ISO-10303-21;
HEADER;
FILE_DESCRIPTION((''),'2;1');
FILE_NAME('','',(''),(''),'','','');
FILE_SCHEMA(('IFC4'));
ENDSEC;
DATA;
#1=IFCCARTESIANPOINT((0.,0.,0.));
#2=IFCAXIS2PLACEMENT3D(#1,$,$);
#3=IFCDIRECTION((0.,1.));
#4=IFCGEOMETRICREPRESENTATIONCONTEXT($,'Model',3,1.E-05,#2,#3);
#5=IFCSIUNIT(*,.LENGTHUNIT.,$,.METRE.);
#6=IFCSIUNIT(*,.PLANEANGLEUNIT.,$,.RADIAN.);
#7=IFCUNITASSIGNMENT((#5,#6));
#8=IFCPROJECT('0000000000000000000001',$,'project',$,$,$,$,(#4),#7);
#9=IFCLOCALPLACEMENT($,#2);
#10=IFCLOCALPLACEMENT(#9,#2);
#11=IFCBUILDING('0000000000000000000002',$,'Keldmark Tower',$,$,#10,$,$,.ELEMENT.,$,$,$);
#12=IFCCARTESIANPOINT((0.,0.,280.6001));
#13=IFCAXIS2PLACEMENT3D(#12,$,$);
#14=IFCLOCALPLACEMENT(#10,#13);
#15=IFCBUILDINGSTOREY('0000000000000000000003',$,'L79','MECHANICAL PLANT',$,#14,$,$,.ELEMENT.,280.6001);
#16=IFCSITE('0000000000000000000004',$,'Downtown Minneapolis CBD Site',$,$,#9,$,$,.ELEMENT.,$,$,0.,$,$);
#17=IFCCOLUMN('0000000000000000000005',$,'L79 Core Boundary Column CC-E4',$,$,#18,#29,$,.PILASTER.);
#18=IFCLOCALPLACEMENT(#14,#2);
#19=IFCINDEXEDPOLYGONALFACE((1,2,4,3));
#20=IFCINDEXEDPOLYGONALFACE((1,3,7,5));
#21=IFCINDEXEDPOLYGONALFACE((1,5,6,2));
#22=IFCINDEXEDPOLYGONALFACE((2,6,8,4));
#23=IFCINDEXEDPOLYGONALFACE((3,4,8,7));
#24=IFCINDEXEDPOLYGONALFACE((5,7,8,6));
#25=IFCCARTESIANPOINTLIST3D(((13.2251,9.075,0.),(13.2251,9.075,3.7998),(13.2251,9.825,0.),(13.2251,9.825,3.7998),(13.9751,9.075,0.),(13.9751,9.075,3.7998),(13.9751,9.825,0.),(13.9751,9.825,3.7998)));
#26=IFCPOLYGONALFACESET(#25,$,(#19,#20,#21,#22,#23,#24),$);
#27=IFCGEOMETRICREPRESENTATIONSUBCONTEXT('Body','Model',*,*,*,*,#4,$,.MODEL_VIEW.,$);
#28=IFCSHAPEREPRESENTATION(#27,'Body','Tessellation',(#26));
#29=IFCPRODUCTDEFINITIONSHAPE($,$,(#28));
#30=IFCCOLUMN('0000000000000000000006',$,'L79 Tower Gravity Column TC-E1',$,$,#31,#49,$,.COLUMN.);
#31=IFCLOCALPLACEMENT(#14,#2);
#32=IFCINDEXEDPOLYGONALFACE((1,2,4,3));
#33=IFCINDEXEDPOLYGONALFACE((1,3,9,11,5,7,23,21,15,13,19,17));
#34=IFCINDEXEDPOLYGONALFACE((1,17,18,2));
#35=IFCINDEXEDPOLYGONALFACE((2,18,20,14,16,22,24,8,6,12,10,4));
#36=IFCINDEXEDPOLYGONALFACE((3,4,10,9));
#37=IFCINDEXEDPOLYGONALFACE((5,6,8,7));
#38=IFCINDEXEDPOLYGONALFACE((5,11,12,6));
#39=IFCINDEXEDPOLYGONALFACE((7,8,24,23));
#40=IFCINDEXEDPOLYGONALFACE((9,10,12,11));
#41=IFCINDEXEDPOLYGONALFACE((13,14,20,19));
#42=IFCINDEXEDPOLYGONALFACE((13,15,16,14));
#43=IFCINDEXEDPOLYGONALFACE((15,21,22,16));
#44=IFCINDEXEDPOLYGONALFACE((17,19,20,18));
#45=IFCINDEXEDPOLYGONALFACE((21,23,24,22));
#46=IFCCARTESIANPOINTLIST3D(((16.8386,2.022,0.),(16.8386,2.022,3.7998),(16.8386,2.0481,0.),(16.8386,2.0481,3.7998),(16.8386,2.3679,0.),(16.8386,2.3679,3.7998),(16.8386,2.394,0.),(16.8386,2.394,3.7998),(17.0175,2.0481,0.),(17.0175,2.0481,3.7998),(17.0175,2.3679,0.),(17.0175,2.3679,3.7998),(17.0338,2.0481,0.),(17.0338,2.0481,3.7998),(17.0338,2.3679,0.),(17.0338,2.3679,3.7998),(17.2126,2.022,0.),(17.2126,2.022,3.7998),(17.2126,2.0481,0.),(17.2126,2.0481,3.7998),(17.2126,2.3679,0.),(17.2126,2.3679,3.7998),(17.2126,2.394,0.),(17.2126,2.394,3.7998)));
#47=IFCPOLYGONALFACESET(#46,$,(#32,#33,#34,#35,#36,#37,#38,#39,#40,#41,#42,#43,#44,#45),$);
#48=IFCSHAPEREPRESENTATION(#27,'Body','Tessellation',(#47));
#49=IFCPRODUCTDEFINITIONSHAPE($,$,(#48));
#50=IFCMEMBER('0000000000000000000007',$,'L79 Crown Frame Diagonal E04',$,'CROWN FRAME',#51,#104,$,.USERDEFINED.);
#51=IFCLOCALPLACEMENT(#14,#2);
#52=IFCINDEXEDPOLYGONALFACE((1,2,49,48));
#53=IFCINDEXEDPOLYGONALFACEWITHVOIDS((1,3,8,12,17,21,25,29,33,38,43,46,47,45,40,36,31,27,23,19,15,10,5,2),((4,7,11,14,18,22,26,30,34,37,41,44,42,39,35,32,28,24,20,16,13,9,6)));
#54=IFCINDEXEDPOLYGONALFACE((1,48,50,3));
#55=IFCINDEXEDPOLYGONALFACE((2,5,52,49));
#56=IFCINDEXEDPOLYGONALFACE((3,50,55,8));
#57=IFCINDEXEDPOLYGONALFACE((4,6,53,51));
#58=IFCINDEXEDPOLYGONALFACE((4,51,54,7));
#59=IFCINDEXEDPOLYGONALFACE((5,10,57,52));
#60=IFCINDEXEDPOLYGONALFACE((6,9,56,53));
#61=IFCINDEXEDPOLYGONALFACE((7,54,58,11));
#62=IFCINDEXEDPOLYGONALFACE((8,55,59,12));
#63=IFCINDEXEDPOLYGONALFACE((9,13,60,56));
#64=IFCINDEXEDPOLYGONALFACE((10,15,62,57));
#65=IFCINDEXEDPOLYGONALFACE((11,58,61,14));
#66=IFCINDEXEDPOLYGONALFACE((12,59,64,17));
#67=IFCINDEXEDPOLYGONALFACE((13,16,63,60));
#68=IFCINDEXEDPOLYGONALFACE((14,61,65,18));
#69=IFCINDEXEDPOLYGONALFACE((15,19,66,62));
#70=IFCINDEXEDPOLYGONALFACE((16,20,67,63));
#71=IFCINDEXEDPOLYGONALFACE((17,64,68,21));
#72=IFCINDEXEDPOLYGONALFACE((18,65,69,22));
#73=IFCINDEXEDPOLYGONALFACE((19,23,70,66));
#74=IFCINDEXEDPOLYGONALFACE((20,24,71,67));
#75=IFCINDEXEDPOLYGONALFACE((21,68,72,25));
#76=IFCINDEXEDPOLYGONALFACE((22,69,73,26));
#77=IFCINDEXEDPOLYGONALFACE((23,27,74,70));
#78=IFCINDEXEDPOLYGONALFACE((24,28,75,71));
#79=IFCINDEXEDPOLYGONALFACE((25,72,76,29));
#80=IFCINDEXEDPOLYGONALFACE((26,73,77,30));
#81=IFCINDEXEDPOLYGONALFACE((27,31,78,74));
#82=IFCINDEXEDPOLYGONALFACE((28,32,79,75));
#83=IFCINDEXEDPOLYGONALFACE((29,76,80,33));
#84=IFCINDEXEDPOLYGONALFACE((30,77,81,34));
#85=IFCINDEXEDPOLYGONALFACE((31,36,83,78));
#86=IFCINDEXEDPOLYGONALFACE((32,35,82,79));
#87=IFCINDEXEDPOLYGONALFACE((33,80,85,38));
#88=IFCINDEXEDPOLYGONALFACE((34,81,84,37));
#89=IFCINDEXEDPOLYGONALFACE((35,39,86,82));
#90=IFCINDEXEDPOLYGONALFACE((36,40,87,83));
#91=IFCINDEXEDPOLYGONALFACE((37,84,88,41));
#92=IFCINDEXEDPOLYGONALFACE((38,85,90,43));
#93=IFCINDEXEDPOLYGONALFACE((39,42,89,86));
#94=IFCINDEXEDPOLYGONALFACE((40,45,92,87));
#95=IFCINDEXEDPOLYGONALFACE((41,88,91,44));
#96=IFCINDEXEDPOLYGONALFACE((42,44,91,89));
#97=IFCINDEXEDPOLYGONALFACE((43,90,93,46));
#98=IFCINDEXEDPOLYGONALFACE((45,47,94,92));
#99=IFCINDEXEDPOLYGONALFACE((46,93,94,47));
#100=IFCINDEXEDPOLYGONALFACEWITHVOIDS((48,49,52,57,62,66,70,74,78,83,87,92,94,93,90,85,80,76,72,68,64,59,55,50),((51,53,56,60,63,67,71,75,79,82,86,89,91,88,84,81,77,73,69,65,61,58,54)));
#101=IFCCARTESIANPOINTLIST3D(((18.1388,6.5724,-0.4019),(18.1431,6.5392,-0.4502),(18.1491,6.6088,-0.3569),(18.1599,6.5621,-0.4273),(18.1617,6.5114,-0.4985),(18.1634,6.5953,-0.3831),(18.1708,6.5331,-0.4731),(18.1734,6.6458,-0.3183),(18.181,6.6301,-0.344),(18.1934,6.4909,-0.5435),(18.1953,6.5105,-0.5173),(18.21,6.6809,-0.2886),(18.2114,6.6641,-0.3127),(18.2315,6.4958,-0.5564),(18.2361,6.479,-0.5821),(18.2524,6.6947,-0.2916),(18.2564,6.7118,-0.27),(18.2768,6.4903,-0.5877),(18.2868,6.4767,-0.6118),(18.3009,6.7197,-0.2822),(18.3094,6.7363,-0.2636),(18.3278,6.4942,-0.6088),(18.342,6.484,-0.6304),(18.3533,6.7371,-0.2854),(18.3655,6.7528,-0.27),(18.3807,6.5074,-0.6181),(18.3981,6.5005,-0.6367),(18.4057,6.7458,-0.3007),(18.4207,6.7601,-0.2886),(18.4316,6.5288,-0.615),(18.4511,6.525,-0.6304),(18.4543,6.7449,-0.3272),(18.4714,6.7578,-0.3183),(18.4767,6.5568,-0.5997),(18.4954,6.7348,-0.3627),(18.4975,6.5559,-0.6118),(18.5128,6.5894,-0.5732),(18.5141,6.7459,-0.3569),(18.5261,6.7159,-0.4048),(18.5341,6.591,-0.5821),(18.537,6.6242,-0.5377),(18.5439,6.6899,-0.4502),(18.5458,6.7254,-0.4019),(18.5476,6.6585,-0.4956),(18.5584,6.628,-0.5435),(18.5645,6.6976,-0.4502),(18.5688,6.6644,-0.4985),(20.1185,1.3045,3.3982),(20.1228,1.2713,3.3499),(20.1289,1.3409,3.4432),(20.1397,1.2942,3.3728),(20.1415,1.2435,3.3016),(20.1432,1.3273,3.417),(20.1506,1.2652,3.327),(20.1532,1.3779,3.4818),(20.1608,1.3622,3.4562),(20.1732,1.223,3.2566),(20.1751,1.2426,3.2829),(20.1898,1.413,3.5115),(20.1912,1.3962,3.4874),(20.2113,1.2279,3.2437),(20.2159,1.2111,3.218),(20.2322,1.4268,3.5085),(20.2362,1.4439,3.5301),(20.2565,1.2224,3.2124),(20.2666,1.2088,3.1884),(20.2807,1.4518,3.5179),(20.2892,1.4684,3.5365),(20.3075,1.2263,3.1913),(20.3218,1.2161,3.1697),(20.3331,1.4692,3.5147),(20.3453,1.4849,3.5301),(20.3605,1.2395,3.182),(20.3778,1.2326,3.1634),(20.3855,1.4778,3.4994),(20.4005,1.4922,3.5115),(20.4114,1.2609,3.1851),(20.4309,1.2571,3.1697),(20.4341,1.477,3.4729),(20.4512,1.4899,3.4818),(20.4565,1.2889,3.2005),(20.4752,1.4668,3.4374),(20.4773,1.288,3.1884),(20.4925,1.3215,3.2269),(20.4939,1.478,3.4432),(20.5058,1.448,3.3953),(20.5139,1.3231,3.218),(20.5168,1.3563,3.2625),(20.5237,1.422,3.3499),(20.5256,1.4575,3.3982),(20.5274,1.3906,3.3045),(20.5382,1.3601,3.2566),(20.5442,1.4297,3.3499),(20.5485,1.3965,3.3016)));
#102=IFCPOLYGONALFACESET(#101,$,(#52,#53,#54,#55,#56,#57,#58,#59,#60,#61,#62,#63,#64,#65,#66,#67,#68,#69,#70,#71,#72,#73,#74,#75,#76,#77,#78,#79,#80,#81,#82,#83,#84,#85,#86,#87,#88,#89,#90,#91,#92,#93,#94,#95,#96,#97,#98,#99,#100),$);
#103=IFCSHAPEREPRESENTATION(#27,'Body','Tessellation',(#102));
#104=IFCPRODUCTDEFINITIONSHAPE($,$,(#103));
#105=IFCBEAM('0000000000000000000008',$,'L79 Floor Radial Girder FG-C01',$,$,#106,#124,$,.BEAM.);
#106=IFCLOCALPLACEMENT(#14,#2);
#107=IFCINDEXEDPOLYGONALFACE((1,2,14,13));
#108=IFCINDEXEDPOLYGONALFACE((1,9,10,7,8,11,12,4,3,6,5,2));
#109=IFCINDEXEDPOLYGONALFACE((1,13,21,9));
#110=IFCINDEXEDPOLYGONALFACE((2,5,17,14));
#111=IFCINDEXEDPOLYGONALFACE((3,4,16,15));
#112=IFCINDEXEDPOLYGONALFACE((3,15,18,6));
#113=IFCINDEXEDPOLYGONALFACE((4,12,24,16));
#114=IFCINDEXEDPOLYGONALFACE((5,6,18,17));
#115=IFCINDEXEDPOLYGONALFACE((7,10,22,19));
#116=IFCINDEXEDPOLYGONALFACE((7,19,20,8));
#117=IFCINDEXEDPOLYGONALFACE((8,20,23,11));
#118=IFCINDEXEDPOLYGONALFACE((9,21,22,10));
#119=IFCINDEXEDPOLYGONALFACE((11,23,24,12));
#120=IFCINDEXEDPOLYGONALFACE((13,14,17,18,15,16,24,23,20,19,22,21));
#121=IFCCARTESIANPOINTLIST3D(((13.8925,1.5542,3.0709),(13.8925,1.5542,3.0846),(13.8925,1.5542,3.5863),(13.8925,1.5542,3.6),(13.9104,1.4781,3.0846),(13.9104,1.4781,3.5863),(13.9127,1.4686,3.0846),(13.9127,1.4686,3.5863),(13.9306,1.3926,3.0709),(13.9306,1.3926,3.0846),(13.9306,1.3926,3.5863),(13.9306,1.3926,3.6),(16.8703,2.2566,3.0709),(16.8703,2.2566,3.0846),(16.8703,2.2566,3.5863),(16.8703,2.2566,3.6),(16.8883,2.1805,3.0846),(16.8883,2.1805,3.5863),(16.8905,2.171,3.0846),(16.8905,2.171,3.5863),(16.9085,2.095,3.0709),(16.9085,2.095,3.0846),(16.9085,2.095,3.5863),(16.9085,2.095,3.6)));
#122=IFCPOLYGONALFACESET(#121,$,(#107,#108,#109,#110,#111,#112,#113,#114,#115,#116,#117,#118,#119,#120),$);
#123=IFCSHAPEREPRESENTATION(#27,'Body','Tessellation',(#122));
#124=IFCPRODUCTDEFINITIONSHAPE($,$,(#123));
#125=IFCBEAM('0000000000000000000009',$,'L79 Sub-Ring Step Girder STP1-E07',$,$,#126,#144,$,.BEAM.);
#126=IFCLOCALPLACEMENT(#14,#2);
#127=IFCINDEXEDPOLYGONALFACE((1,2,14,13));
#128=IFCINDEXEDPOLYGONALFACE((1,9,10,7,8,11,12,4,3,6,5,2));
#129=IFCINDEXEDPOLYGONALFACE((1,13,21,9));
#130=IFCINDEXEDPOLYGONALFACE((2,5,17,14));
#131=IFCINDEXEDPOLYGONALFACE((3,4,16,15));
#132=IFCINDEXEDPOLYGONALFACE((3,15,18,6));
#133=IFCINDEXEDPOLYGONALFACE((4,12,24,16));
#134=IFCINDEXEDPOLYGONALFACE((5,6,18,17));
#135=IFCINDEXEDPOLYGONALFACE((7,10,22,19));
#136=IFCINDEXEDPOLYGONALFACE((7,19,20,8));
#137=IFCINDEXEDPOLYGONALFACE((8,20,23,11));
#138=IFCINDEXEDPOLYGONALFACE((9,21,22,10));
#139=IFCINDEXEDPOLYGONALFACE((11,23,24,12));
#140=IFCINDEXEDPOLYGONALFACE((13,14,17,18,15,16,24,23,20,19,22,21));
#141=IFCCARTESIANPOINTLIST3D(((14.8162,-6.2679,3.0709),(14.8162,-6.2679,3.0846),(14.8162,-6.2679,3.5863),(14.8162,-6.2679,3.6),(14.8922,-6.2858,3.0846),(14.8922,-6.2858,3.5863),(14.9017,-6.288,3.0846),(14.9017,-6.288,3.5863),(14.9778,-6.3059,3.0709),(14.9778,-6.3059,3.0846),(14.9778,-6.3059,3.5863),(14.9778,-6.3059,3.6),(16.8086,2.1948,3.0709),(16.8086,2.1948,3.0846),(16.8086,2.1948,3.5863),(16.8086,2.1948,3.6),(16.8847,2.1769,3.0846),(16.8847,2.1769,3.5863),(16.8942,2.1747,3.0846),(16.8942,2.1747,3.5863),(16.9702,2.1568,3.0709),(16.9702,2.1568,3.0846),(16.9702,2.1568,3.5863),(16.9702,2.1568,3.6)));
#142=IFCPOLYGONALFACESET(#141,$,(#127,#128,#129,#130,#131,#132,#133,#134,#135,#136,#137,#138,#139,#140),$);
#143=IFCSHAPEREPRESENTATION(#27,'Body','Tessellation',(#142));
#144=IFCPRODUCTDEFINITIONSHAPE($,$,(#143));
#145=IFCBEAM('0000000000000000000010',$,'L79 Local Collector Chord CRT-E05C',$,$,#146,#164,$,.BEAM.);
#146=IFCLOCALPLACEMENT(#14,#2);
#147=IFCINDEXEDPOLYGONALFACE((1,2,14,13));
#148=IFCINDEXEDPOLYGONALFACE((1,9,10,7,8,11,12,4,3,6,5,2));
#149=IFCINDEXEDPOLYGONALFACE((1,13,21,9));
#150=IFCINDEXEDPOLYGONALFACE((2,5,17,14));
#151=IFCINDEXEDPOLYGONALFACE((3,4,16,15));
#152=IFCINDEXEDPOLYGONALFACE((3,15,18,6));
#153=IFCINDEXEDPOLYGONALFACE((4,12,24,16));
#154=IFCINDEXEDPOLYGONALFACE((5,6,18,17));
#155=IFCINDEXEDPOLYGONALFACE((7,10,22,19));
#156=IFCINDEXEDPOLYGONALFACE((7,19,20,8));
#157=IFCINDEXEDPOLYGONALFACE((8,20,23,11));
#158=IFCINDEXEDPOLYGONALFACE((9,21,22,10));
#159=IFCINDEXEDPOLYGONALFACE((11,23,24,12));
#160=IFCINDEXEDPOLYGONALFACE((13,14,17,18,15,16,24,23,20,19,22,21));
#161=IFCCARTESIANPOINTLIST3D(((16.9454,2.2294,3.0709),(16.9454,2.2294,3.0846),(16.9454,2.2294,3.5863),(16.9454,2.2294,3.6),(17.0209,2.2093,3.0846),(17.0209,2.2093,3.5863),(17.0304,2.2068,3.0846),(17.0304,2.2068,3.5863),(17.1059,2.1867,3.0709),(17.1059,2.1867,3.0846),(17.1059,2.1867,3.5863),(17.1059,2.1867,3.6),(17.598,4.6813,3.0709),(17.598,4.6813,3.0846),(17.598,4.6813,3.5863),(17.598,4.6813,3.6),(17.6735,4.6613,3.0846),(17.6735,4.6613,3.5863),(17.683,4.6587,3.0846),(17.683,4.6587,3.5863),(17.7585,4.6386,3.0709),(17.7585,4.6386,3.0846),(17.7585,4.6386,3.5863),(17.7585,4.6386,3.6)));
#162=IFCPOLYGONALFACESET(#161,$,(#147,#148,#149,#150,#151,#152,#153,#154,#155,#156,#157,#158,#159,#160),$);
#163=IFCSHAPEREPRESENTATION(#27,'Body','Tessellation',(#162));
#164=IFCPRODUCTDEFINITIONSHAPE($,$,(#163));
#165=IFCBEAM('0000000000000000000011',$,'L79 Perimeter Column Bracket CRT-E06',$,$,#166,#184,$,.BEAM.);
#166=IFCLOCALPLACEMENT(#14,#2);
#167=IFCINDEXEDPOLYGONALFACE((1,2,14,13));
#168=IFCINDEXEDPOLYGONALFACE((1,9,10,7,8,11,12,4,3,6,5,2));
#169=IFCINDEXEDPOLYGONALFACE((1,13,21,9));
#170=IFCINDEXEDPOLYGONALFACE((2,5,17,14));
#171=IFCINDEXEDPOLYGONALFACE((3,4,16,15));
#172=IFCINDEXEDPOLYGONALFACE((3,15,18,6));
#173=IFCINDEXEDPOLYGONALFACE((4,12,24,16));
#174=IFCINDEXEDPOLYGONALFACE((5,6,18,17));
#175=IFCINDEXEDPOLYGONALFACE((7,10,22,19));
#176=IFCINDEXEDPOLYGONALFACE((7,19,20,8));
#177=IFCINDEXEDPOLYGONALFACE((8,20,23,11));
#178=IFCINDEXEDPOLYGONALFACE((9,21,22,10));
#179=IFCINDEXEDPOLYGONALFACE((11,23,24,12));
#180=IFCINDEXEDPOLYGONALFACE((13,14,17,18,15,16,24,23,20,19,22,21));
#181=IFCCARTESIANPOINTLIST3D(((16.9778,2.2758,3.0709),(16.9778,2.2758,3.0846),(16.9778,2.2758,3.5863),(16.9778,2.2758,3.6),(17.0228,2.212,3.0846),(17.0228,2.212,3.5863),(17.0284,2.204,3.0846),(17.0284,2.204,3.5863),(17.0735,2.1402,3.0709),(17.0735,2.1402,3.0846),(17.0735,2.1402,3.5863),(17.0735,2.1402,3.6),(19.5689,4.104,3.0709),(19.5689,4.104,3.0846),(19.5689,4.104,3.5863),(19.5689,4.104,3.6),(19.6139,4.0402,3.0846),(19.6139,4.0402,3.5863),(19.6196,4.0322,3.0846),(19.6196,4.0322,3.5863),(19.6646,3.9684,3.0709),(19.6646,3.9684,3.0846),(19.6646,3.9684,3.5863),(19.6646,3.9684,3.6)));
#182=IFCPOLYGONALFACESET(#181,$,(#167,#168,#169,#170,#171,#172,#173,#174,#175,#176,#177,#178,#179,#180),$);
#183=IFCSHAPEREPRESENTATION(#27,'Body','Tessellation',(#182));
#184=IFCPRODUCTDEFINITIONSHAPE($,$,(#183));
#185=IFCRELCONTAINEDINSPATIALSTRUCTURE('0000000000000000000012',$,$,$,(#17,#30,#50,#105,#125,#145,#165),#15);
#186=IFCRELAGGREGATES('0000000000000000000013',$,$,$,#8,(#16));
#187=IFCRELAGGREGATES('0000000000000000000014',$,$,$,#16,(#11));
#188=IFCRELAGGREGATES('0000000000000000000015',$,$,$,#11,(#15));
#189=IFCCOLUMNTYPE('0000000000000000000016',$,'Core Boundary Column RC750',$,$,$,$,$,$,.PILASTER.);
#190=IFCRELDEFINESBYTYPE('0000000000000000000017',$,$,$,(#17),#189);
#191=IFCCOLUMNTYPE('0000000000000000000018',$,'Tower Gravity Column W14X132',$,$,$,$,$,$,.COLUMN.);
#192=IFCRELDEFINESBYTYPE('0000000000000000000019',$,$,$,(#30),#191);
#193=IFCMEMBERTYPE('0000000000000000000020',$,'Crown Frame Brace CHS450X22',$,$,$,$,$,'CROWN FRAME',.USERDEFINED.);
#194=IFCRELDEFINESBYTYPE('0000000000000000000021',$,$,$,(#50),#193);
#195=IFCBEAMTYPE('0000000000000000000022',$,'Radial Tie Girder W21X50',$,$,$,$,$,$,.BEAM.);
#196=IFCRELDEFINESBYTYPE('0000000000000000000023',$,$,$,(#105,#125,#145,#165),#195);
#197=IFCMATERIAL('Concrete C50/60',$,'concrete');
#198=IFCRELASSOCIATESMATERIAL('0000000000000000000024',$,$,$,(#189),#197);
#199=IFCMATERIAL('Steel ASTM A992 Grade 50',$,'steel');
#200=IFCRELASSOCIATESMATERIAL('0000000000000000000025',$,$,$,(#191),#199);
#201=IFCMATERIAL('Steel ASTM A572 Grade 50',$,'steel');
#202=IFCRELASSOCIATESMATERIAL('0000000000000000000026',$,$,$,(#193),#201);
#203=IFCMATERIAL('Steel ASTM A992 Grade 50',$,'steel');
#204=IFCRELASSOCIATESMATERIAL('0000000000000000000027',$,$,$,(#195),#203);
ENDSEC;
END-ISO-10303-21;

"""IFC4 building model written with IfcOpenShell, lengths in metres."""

from ifc_helpers import new_model, si_unit, direction, frame, origin, origin_2d, place, context, subcontext, project, spatial, rectangle, hollow_circle, i_section, extrude, material, material_profile, profile_set, type_object, element, save


model = new_model("IFC4")

# Units and contexts
model_context = context("Model", 3, precision=1e-05, world=origin(), true_north=direction((0.0, 1.0)))
body_context = subcontext(model_context, "Body", "Model", "MODEL_VIEW")
ifc_project = project(units=[si_unit("LENGTHUNIT", "METRE"), si_unit("PLANEANGLEUNIT", "RADIAN")], contexts=[model_context])

# Site, building, storey
site_placement = place(None, origin())
site = spatial("IfcSite", under=ifc_project, at=site_placement, Name="Downtown Minneapolis CBD Site", CompositionType="ELEMENT", RefElevation=0.0)
building_placement = place(site_placement, origin())
building = spatial("IfcBuilding", under=site, at=building_placement, Name="Keldmark Tower", CompositionType="ELEMENT")
storey_placement = place(building_placement, frame((0.0, 0.0, 280.6001)))
storey = spatial("IfcBuildingStorey", under=building, at=storey_placement, Name="L79", Description="MECHANICAL PLANT", CompositionType="ELEMENT", Elevation=280.6001)

# Columns
ifc_material_1 = material(Name="Concrete C50/60", Category="concrete")
ifc_material_profile_1 = material_profile(ifc_material_1, rectangle(XDim=0.75, YDim=0.75, at=origin_2d()), Name="RC750X750")
ifc_profile_set_1 = profile_set([ifc_material_profile_1], Name="Concrete C50/60")
column_type_1 = type_object("IfcColumnType", Name="Core Boundary Column RC750", PredefinedType="PILASTER", material=ifc_profile_set_1)
column_1_placement = place(storey_placement, frame((13.6001, 9.45, 0.0), z_axis=(0.0, 0.0, 1.0), x_axis=(1.0, 0.0, 0.0)))
element("IfcColumn", 1, at=column_1_placement, inside=storey, type_object=column_type_1, Name="L79 Core Boundary Column CC-E4", PredefinedType="PILASTER", context=body_context, shape_type="SweptSolid", body=[
    extrude(rectangle(XDim=0.75, YDim=0.75, at=origin_2d()), origin(), (0.0, 0.0, 1.0), 3.7998),
])
ifc_material_2 = material(Name="Steel ASTM A992 Grade 50", Category="steel")
ifc_material_profile_2 = material_profile(ifc_material_2, i_section(OverallWidth=0.374, OverallDepth=0.3721, WebThickness=0.0164, FlangeThickness=0.0261, at=origin_2d()), Name="W14X132")
ifc_profile_set_2 = profile_set([ifc_material_profile_2], Name="Steel ASTM A992 Grade 50")
column_type_2 = type_object("IfcColumnType", Name="Tower Gravity Column W14X132", PredefinedType="COLUMN", material=ifc_profile_set_2)
column_2_placement = place(storey_placement, frame((17.0256, 2.208, 0.0), z_axis=(0.0, 0.0, 1.0), x_axis=(1.0, 0.0, 0.0)))
element("IfcColumn", 2, at=column_2_placement, inside=storey, type_object=column_type_2, Name="L79 Tower Gravity Column TC-E1", PredefinedType="COLUMN", context=body_context, shape_type="SweptSolid", body=[
    extrude(i_section(OverallWidth=0.374, OverallDepth=0.3721, WebThickness=0.0164, FlangeThickness=0.0261, at=origin_2d()), origin(), (0.0, 0.0, 1.0), 3.7998),
])

# Member
ifc_material_3 = material(Name="Steel ASTM A572 Grade 50", Category="steel")
ifc_material_profile_3 = material_profile(ifc_material_3, hollow_circle(Radius=0.2251, WallThickness=0.022, at=origin_2d()), Name="CHS450X22")
ifc_profile_set_3 = profile_set([ifc_material_profile_3], Name="Steel ASTM A572 Grade 50")
member_type = type_object("IfcMemberType", Name="Crown Frame Brace CHS450X22", ElementType="CROWN FRAME", PredefinedType="USERDEFINED", material=ifc_profile_set_3)
member_placement = place(storey_placement, frame((18.3538, 6.6184, -0.4502), z_axis=(0.291549, -0.775774, 0.55962), x_axis=(0.936078, 0.351794, 0.0)))
element("IfcMember", 3, at=member_placement, inside=storey, type_object=member_type, Name="L79 Crown Frame Diagonal E04", ObjectType="CROWN FRAME", PredefinedType="USERDEFINED", context=body_context, shape_type="SweptSolid", body=[
    extrude(hollow_circle(Radius=0.2251, WallThickness=0.022, at=origin_2d()), origin(), (0.0, 0.0, 1.0), 6.7905),
])

# Beams
ifc_material_4 = material(Name="Steel ASTM A992 Grade 50", Category="steel")
ifc_material_profile_4 = material_profile(ifc_material_4, i_section(OverallWidth=0.166, OverallDepth=0.5291, WebThickness=0.0098, FlangeThickness=0.0137, at=origin_2d()), Name="W21X50")
ifc_profile_set_4 = profile_set([ifc_material_profile_4], Name="Steel ASTM A992 Grade 50")
beam_type_1 = type_object("IfcBeamType", Name="Radial Tie Girder W21X50", PredefinedType="BEAM", material=ifc_profile_set_4)
beam_1_placement = place(storey_placement, frame((16.8894, 2.1758, 3.3354), z_axis=(-0.97329, -0.229577, 0.0), x_axis=(0.229577, -0.97329, 0.0)))
element("IfcBeam", 4, at=beam_1_placement, inside=storey, type_object=beam_type_1, Name="L79 Floor Radial Girder FG-C01", PredefinedType="BEAM", context=body_context, shape_type="SweptSolid", body=[
    extrude(i_section(OverallWidth=0.166, OverallDepth=0.5291, WebThickness=0.0098, FlangeThickness=0.0137, at=origin_2d()), origin(), (0.0, 0.0, 1.0), 3.0596),
])
beam_2_placement = place(storey_placement, frame((16.8894, 2.1758, 3.3354), z_axis=(-0.229172, -0.973386, 0.0), x_axis=(0.973386, -0.229172, 0.0)))
element("IfcBeam", 5, at=beam_2_placement, inside=storey, type_object=beam_type_1, Name="L79 Sub-Ring Step Girder STP1-E07", PredefinedType="BEAM", context=body_context, shape_type="SweptSolid", body=[
    extrude(i_section(OverallWidth=0.166, OverallDepth=0.5291, WebThickness=0.0098, FlangeThickness=0.0137, at=origin_2d()), origin(), (0.0, 0.0, 1.0), 8.6941),
])
beam_3_placement = place(storey_placement, frame((17.0256, 2.208, 3.3354), z_axis=(0.257201, 0.966358, 0.0), x_axis=(-0.966358, 0.257201, 0.0)))
element("IfcBeam", 6, at=beam_3_placement, inside=storey, type_object=beam_type_1, Name="L79 Local Collector Chord CRT-E05C", PredefinedType="BEAM", context=body_context, shape_type="SweptSolid", body=[
    extrude(i_section(OverallWidth=0.166, OverallDepth=0.5291, WebThickness=0.0098, FlangeThickness=0.0137, at=origin_2d()), origin(), (0.0, 0.0, 1.0), 2.5374),
])
beam_4_placement = place(storey_placement, frame((17.0256, 2.208, 3.3354), z_axis=(0.817096, 0.576502, 0.0), x_axis=(-0.576502, 0.817096, 0.0)))
element("IfcBeam", 7, at=beam_4_placement, inside=storey, type_object=beam_type_1, Name="L79 Perimeter Column Bracket CRT-E06", PredefinedType="BEAM", context=body_context, shape_type="SweptSolid", body=[
    extrude(i_section(OverallWidth=0.166, OverallDepth=0.5291, WebThickness=0.0098, FlangeThickness=0.0137, at=origin_2d()), origin(), (0.0, 0.0, 1.0), 3.1711),
])

save(model, "model.ifc")
